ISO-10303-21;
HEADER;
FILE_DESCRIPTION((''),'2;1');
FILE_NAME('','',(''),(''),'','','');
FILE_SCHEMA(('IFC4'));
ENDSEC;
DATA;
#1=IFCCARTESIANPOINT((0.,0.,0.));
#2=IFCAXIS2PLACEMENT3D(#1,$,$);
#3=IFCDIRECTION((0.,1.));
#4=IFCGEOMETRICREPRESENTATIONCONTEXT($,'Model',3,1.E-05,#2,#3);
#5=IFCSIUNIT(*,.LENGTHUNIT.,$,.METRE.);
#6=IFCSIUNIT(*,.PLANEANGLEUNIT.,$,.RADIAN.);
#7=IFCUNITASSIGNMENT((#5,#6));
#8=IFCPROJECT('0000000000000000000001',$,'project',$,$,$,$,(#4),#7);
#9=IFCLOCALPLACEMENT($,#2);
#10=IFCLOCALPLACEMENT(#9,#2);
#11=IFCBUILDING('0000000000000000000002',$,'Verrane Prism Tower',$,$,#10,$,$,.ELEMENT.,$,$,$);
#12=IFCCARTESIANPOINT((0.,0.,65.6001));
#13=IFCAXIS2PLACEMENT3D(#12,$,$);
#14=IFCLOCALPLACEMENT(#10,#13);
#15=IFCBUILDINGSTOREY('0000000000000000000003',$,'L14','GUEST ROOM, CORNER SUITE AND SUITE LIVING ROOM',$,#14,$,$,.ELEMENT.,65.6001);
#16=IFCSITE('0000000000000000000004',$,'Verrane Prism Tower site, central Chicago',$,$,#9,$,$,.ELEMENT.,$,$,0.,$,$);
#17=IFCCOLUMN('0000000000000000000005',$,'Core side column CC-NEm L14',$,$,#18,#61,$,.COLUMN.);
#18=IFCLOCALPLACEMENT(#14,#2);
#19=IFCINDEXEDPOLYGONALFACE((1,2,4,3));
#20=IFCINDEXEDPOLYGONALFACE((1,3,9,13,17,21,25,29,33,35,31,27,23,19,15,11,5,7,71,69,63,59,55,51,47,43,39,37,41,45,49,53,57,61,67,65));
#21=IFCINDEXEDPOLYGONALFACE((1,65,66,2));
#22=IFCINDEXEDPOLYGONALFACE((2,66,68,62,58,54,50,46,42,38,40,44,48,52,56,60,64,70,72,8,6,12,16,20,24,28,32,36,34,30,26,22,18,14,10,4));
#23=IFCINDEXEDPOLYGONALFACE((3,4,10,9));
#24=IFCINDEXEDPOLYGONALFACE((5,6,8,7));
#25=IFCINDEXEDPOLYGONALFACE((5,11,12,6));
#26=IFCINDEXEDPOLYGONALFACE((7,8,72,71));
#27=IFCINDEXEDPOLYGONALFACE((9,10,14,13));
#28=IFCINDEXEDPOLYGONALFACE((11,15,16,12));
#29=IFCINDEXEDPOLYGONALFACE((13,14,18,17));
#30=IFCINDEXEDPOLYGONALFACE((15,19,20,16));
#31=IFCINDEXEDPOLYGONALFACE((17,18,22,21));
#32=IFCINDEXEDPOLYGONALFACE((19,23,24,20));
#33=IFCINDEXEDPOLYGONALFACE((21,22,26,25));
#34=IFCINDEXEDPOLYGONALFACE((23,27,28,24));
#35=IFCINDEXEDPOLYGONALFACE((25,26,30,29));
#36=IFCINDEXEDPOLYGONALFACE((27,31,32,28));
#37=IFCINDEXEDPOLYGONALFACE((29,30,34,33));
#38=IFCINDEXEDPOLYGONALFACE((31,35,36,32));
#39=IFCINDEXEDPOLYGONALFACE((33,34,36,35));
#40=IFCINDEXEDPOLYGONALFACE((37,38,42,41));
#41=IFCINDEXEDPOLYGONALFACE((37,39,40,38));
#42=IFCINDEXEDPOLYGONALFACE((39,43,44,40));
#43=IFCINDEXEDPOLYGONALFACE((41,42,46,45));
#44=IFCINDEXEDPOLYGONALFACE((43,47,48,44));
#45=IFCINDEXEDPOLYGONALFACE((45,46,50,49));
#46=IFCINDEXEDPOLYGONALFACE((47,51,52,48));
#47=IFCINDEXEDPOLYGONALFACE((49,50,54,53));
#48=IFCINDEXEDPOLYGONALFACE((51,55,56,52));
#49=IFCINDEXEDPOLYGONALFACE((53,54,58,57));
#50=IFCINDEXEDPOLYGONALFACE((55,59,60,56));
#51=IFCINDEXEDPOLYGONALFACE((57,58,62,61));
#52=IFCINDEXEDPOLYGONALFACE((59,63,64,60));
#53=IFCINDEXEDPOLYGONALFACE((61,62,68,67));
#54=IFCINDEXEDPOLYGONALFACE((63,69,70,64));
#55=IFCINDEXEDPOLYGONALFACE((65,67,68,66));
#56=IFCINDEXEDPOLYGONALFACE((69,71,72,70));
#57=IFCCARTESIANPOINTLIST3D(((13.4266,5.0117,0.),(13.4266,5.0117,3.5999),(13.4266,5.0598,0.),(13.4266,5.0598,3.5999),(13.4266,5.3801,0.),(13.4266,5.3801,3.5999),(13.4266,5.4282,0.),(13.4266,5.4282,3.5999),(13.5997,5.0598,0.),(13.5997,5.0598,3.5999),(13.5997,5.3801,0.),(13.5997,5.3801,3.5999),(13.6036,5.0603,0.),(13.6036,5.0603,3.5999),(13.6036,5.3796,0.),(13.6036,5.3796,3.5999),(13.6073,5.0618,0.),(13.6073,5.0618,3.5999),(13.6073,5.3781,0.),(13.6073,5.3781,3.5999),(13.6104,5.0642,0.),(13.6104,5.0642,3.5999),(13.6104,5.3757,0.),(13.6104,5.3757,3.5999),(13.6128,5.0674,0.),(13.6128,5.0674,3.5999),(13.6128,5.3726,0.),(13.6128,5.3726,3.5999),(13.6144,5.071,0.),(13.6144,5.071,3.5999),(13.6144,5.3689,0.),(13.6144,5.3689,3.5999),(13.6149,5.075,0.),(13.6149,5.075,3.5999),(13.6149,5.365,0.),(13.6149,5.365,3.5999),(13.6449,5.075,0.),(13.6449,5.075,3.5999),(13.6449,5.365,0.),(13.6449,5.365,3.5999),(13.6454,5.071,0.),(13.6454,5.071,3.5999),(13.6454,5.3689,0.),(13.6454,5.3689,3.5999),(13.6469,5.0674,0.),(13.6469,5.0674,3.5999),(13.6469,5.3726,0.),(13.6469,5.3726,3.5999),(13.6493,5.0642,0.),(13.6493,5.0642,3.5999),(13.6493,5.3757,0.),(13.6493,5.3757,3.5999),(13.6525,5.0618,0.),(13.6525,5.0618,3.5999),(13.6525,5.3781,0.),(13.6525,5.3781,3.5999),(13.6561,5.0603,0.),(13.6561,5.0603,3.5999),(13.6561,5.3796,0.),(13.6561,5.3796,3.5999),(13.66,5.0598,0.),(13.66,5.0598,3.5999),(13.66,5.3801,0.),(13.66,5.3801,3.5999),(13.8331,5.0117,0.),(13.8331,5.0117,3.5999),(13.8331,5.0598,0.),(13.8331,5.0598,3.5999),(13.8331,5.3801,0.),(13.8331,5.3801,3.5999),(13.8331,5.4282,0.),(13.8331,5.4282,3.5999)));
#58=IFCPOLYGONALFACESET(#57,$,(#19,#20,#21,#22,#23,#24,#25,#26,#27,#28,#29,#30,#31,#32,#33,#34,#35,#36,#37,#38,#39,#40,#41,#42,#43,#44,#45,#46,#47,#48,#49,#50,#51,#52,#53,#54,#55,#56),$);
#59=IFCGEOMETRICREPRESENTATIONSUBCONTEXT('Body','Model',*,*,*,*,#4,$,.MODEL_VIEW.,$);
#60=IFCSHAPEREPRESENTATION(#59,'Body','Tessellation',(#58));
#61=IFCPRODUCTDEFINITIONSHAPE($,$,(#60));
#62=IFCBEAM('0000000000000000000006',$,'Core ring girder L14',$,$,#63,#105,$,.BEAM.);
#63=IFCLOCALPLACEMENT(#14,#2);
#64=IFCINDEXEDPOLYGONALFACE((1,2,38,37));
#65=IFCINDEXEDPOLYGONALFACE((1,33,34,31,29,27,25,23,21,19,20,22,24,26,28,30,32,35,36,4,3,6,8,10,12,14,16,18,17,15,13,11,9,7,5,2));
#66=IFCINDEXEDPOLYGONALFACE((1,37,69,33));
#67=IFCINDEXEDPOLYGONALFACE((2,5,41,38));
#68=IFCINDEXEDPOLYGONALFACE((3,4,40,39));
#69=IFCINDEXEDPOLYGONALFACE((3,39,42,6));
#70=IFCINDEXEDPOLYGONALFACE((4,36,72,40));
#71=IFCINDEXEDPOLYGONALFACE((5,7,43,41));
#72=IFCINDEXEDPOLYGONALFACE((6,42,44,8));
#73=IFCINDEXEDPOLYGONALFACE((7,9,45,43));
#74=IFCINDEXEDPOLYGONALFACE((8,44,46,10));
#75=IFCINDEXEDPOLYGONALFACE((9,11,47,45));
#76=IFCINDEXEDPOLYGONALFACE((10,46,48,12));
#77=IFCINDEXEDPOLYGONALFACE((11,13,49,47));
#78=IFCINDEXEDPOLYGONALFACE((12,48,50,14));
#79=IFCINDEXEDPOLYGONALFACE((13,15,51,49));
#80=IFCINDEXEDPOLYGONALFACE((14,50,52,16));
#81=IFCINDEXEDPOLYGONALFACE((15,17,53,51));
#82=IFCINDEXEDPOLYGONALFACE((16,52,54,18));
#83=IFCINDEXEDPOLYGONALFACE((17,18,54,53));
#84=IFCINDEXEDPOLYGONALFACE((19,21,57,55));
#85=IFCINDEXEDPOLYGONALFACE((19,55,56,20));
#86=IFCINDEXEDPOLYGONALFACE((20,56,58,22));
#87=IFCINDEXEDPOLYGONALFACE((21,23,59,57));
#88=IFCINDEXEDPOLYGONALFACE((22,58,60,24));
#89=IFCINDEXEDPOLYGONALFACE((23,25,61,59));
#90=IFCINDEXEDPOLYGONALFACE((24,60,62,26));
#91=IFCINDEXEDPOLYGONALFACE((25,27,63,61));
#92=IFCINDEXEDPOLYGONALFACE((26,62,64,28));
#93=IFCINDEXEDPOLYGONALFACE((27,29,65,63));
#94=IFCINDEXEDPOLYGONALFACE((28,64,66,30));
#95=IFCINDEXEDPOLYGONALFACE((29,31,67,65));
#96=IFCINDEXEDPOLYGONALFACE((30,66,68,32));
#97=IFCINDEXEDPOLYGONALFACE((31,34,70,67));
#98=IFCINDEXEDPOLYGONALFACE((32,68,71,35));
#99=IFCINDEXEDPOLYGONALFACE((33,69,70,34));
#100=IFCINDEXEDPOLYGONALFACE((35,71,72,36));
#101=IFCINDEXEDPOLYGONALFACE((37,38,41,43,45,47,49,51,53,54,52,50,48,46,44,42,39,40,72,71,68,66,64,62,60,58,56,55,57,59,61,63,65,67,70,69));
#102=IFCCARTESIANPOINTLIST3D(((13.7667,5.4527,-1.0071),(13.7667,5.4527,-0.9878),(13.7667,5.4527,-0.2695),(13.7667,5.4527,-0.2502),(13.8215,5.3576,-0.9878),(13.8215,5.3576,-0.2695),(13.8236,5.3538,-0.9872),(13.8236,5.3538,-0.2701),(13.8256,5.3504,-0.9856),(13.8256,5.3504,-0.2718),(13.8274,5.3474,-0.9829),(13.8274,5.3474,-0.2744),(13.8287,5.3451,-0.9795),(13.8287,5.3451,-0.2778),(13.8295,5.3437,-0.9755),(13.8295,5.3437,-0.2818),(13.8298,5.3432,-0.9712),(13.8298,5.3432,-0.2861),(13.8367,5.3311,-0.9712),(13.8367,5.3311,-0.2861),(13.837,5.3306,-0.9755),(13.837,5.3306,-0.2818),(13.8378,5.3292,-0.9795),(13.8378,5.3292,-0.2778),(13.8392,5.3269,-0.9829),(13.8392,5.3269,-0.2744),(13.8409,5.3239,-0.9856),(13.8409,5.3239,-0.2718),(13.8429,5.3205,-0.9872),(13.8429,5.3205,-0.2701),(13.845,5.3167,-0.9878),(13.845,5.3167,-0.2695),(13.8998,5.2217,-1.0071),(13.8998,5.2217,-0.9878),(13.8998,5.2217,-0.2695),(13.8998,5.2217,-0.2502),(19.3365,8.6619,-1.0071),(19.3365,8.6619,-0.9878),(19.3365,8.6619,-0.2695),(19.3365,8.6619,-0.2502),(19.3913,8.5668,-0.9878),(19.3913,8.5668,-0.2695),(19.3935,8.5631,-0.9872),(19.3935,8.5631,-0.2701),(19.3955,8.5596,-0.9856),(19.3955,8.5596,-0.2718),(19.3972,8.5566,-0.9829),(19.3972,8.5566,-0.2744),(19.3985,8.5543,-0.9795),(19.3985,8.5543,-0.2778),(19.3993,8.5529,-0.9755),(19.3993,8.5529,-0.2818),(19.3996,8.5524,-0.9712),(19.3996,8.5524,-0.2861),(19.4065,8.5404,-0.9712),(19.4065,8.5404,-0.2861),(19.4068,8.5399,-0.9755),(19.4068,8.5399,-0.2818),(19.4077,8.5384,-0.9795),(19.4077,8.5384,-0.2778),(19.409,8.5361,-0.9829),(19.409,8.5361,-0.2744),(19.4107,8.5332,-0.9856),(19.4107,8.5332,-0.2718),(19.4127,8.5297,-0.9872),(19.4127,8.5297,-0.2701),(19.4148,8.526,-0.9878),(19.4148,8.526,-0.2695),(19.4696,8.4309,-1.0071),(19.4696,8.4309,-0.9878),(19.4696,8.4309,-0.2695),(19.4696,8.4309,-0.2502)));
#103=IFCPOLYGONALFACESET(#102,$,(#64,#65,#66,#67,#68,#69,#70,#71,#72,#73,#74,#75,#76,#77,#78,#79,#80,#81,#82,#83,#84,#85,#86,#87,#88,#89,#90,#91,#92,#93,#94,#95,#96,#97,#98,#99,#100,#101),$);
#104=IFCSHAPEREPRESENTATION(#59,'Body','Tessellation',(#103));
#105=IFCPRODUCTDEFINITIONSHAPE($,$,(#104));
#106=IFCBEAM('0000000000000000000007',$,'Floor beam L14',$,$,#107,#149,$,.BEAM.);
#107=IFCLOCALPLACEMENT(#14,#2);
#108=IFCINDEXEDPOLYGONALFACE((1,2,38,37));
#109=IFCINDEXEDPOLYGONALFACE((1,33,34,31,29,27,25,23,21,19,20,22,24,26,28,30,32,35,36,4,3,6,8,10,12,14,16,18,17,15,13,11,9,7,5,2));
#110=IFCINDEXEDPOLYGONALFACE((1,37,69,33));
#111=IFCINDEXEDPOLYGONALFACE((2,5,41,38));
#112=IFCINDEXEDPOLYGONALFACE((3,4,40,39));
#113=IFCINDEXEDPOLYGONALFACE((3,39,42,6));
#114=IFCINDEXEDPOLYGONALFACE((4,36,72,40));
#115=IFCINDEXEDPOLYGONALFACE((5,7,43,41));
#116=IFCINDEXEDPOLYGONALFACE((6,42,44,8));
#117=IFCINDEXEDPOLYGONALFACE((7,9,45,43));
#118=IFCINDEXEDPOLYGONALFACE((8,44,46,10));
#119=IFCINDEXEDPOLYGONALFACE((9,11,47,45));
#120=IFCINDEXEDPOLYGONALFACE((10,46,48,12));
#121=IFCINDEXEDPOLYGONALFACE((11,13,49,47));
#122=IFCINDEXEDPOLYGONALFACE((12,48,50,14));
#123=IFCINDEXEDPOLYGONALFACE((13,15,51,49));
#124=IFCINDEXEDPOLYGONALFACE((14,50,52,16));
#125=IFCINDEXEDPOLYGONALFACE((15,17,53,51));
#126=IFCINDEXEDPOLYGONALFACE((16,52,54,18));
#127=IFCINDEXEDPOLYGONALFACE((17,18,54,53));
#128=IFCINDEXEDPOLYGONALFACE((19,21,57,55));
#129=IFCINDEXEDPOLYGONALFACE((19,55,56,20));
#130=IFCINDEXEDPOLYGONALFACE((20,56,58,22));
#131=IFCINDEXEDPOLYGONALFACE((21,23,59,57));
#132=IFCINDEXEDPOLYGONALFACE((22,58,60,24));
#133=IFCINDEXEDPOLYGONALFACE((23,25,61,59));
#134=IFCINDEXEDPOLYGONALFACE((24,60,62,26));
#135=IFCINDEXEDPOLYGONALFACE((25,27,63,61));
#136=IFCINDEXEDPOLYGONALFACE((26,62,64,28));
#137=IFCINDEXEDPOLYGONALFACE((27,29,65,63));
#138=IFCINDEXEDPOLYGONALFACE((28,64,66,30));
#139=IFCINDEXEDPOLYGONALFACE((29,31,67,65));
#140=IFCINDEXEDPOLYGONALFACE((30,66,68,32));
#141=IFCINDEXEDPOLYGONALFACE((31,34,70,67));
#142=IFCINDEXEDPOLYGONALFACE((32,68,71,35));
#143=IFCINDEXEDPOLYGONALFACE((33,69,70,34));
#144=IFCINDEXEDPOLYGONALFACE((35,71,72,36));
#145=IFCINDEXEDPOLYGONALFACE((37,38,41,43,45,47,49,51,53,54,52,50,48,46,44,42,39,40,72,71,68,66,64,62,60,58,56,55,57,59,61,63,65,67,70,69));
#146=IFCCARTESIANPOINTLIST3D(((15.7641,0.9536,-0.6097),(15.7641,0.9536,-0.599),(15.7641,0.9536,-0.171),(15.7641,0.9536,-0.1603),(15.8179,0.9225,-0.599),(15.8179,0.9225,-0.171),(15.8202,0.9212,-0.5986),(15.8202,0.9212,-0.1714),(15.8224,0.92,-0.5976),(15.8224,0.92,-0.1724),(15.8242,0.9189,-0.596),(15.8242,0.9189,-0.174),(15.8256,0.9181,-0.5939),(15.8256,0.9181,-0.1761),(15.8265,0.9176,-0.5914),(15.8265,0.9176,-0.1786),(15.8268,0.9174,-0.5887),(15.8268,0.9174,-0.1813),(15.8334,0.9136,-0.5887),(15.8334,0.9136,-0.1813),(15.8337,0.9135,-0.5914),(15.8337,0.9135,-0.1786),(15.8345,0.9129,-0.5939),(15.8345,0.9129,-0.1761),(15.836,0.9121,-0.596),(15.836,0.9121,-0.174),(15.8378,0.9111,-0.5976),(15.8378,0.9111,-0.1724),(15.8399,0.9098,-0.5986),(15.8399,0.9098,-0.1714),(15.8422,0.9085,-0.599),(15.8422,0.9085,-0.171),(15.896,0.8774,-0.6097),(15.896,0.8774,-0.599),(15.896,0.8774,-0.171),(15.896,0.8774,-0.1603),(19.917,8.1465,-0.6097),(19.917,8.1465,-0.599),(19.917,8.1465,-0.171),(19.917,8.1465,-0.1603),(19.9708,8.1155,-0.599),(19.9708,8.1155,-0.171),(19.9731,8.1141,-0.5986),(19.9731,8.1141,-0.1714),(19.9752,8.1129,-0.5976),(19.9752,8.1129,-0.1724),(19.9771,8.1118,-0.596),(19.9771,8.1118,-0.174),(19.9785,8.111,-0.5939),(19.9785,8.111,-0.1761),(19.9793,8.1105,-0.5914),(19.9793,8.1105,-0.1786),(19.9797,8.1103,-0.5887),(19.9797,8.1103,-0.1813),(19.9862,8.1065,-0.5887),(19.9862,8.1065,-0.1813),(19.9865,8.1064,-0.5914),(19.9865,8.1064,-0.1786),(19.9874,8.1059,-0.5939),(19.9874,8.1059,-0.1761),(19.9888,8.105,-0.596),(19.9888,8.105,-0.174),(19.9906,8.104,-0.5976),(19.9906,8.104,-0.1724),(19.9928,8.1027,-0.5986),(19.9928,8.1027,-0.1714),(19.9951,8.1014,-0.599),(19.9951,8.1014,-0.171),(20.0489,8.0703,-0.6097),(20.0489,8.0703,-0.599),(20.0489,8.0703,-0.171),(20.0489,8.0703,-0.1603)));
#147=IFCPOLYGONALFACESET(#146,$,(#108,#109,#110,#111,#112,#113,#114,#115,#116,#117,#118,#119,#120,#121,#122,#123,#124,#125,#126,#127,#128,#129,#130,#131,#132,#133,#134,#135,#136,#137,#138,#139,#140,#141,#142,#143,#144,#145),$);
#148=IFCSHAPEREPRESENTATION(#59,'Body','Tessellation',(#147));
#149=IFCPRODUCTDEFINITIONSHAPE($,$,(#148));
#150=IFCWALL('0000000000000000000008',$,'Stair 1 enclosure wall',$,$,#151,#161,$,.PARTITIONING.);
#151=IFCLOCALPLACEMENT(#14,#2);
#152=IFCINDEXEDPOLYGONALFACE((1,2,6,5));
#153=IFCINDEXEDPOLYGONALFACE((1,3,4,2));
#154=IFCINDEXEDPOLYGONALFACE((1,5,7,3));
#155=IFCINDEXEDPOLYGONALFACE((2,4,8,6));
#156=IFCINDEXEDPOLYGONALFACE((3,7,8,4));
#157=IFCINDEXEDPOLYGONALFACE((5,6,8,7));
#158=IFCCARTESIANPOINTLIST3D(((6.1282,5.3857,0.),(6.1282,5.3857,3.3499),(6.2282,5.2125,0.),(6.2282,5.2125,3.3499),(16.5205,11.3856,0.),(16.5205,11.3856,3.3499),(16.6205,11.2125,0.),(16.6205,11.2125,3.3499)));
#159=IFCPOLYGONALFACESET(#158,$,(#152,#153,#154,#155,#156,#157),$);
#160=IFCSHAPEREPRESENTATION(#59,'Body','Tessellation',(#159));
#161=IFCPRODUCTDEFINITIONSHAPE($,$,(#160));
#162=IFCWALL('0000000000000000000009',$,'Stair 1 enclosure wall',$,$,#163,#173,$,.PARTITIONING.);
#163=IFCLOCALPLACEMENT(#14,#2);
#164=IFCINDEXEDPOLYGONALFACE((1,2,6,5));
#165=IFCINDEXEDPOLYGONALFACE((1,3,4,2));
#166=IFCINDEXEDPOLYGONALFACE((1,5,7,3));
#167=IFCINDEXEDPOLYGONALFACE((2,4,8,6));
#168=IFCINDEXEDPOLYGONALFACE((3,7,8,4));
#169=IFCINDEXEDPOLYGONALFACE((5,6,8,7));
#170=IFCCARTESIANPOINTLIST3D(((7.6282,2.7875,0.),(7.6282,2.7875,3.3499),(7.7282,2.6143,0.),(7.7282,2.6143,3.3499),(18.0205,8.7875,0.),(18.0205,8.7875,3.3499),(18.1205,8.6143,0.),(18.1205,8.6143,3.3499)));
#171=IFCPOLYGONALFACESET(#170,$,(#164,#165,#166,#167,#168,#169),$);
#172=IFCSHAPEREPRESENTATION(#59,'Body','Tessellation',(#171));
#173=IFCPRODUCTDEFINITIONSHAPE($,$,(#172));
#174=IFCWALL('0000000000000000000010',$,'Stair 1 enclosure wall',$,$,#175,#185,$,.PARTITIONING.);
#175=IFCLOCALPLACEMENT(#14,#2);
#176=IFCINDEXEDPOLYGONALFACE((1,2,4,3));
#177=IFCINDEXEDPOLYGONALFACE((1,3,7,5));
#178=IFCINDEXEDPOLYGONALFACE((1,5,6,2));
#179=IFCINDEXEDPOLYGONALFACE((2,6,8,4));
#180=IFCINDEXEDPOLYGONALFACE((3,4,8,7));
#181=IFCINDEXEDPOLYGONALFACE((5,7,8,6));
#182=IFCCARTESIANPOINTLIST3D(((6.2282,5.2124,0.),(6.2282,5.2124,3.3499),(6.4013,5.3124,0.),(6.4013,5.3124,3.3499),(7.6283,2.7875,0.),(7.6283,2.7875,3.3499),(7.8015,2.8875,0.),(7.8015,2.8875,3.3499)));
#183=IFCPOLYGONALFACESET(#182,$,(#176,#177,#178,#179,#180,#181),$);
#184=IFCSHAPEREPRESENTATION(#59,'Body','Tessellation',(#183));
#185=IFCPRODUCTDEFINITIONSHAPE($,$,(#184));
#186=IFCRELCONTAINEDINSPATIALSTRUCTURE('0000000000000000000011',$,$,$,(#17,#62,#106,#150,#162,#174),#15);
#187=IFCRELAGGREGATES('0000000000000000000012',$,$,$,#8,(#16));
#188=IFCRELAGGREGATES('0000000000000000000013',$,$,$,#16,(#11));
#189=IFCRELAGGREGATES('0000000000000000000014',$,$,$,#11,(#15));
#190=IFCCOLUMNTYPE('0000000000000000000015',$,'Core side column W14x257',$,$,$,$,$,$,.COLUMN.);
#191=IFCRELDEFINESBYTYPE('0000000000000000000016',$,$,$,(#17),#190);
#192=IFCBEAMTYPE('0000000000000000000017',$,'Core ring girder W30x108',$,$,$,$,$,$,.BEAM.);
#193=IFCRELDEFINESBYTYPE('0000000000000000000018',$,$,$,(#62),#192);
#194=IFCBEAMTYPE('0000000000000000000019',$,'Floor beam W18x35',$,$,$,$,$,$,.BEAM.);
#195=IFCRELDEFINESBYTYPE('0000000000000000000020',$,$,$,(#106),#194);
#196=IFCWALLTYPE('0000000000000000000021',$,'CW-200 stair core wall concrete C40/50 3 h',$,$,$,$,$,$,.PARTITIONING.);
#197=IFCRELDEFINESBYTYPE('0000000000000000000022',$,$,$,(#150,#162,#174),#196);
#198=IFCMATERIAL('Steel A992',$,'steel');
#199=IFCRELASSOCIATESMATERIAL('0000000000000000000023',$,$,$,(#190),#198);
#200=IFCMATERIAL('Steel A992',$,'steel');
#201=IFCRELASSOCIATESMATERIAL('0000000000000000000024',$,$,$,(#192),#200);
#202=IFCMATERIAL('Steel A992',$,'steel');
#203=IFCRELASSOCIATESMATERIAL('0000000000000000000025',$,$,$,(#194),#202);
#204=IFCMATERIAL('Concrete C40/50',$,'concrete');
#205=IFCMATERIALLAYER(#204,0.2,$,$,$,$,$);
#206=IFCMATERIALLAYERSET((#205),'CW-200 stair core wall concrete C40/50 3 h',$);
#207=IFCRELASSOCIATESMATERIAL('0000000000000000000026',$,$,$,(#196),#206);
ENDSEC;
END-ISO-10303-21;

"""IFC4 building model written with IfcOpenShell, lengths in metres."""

from ifc_helpers import new_model, si_unit, direction, frame, frame_2d, origin, origin_2d, place, context, subcontext, project, spatial, rectangle, i_section, extrude, material, layer, layer_set, material_profile, profile_set, type_object, element, save


model = new_model("IFC4")

# Units and contexts
model_context = context("Model", 3, precision=1e-05, world=origin(), true_north=direction((0.0, 1.0)))
body_context = subcontext(model_context, "Body", "Model", "MODEL_VIEW")
ifc_project = project(units=[si_unit("LENGTHUNIT", "METRE"), si_unit("PLANEANGLEUNIT", "RADIAN")], contexts=[model_context])

# Site, building, storey
site_placement = place(None, origin())
site = spatial("IfcSite", under=ifc_project, at=site_placement, Name="Verrane Prism Tower site, central Chicago", CompositionType="ELEMENT", RefElevation=0.0)
building_placement = place(site_placement, origin())
building = spatial("IfcBuilding", under=site, at=building_placement, Name="Verrane Prism Tower", CompositionType="ELEMENT")
storey_placement = place(building_placement, frame((0.0, 0.0, 65.6001)))
storey = spatial("IfcBuildingStorey", under=building, at=storey_placement, Name="L14", Description="GUEST ROOM, CORNER SUITE AND SUITE LIVING ROOM", CompositionType="ELEMENT", Elevation=65.6001)

# Column
ifc_material_1 = material(Name="Steel A992", Category="steel")
ifc_material_profile_1 = material_profile(ifc_material_1, i_section(OverallWidth=0.4065, OverallDepth=0.4165, WebThickness=0.03, FlangeThickness=0.0481, FilletRadius=0.0151, at=origin_2d()), Name="W14x257")
ifc_profile_set_1 = profile_set([ifc_material_profile_1], Name="Steel A992")
column_type = type_object("IfcColumnType", Name="Core side column W14x257", PredefinedType="COLUMN", material=ifc_profile_set_1)
column_placement = place(storey_placement, frame((13.6299, 5.22, 0.0), z_axis=(0.0, 0.0, 1.0), x_axis=(1.0, 0.0, 0.0)))
element("IfcColumn", 1, at=column_placement, inside=storey, type_object=column_type, Name="Core side column CC-NEm L14", PredefinedType="COLUMN", context=body_context, shape_type="SweptSolid", body=[
    extrude(i_section(OverallWidth=0.4065, OverallDepth=0.4165, WebThickness=0.03, FlangeThickness=0.0481, FilletRadius=0.0151, at=origin_2d()), origin(), (0.0, 0.0, 1.0), 3.5999),
])

# Beams
ifc_material_2 = material(Name="Steel A992", Category="steel")
ifc_material_profile_2 = material_profile(ifc_material_2, i_section(OverallWidth=0.2666, OverallDepth=0.7568, WebThickness=0.0139, FlangeThickness=0.0193, FilletRadius=0.0166, at=origin_2d()), Name="W30x108")
ifc_profile_set_2 = profile_set([ifc_material_profile_2], Name="Steel A992")
beam_type_1 = type_object("IfcBeamType", Name="Core ring girder W30x108", PredefinedType="BEAM", material=ifc_profile_set_2)
beam_1_placement = place(storey_placement, frame((13.8333, 5.3372, -0.6287), z_axis=(0.866464, 0.49924, 0.0), x_axis=(-0.49924, 0.866464, 0.0)))
element("IfcBeam", 2, at=beam_1_placement, inside=storey, type_object=beam_type_1, Name="Core ring girder L14", PredefinedType="BEAM", context=body_context, shape_type="SweptSolid", body=[
    extrude(i_section(OverallWidth=0.2666, OverallDepth=0.7568, WebThickness=0.0139, FlangeThickness=0.0193, FilletRadius=0.0166, at=origin_2d()), origin(), (0.0, 0.0, 1.0), 6.4282),
])
ifc_material_3 = material(Name="Steel A992", Category="steel")
ifc_material_profile_3 = material_profile(ifc_material_3, i_section(OverallWidth=0.1523, OverallDepth=0.4495, WebThickness=0.0076, FlangeThickness=0.0107, FilletRadius=0.0103, at=origin_2d()), Name="W18x35")
ifc_profile_set_3 = profile_set([ifc_material_profile_3], Name="Steel A992")
beam_type_2 = type_object("IfcBeamType", Name="Floor beam W18x35", PredefinedType="BEAM", material=ifc_profile_set_3)
beam_2_placement = place(storey_placement, frame((15.8301, 0.9155, -0.385), z_axis=(0.500002, 0.866024, 0.0), x_axis=(-0.866024, 0.500002, 0.0)))
element("IfcBeam", 3, at=beam_2_placement, inside=storey, type_object=beam_type_2, Name="Floor beam L14", PredefinedType="BEAM", context=body_context, shape_type="SweptSolid", body=[
    extrude(i_section(OverallWidth=0.1523, OverallDepth=0.4495, WebThickness=0.0076, FlangeThickness=0.0107, FilletRadius=0.0103, at=origin_2d()), origin(), (0.0, 0.0, 1.0), 8.3057),
])

# Walls
ifc_material_4 = material(Name="Concrete C40/50", Category="concrete")
ifc_layer_1 = layer(ifc_material_4, 0.2)
ifc_layer_set_1 = layer_set([ifc_layer_1], Name="CW-200 stair core wall concrete C40/50 3 h")
wall_type_1 = type_object("IfcWallType", Name="CW-200 stair core wall concrete C40/50 3 h", PredefinedType="PARTITIONING", material=ifc_layer_set_1)
for number, where, z_axis, x_axis, name in (
    (4, (6.1782, 5.2991, 0.0), (0.0, 0.0, 1.0), (0.866026, 0.499999, 0.0), "Stair 1 enclosure wall"),
    (5, (7.6782, 2.7009, 0.0), (0.0, 0.0, 1.0), (0.866026, 0.499999, 0.0), "Stair 1 enclosure wall"),
):
    element("IfcWall", number, at=place(storey_placement, frame(where, z_axis=z_axis, x_axis=x_axis)), inside=storey, type_object=wall_type_1, Name=name, PredefinedType="PARTITIONING", context=body_context, shape_type="SweptSolid", body=[
        extrude(rectangle(XDim=12.0, YDim=0.2, at=frame_2d((6.0, 0.0))), origin(), (0.0, 0.0, 1.0), 3.3499),
    ])
wall_1_placement = place(storey_placement, frame((7.7148, 2.8376, 0.0), z_axis=(0.0, 0.0, 1.0), x_axis=(-0.50005, 0.865997, 0.0)))
element("IfcWall", 6, at=wall_1_placement, inside=storey, type_object=wall_type_1, Name="Stair 1 enclosure wall", PredefinedType="PARTITIONING", context=body_context, shape_type="SweptSolid", body=[
    extrude(rectangle(XDim=2.8, YDim=0.2, at=frame_2d((1.3999, 0.0))), origin(), (0.0, 0.0, 1.0), 3.3499),
])

save(model, "model.ifc")
